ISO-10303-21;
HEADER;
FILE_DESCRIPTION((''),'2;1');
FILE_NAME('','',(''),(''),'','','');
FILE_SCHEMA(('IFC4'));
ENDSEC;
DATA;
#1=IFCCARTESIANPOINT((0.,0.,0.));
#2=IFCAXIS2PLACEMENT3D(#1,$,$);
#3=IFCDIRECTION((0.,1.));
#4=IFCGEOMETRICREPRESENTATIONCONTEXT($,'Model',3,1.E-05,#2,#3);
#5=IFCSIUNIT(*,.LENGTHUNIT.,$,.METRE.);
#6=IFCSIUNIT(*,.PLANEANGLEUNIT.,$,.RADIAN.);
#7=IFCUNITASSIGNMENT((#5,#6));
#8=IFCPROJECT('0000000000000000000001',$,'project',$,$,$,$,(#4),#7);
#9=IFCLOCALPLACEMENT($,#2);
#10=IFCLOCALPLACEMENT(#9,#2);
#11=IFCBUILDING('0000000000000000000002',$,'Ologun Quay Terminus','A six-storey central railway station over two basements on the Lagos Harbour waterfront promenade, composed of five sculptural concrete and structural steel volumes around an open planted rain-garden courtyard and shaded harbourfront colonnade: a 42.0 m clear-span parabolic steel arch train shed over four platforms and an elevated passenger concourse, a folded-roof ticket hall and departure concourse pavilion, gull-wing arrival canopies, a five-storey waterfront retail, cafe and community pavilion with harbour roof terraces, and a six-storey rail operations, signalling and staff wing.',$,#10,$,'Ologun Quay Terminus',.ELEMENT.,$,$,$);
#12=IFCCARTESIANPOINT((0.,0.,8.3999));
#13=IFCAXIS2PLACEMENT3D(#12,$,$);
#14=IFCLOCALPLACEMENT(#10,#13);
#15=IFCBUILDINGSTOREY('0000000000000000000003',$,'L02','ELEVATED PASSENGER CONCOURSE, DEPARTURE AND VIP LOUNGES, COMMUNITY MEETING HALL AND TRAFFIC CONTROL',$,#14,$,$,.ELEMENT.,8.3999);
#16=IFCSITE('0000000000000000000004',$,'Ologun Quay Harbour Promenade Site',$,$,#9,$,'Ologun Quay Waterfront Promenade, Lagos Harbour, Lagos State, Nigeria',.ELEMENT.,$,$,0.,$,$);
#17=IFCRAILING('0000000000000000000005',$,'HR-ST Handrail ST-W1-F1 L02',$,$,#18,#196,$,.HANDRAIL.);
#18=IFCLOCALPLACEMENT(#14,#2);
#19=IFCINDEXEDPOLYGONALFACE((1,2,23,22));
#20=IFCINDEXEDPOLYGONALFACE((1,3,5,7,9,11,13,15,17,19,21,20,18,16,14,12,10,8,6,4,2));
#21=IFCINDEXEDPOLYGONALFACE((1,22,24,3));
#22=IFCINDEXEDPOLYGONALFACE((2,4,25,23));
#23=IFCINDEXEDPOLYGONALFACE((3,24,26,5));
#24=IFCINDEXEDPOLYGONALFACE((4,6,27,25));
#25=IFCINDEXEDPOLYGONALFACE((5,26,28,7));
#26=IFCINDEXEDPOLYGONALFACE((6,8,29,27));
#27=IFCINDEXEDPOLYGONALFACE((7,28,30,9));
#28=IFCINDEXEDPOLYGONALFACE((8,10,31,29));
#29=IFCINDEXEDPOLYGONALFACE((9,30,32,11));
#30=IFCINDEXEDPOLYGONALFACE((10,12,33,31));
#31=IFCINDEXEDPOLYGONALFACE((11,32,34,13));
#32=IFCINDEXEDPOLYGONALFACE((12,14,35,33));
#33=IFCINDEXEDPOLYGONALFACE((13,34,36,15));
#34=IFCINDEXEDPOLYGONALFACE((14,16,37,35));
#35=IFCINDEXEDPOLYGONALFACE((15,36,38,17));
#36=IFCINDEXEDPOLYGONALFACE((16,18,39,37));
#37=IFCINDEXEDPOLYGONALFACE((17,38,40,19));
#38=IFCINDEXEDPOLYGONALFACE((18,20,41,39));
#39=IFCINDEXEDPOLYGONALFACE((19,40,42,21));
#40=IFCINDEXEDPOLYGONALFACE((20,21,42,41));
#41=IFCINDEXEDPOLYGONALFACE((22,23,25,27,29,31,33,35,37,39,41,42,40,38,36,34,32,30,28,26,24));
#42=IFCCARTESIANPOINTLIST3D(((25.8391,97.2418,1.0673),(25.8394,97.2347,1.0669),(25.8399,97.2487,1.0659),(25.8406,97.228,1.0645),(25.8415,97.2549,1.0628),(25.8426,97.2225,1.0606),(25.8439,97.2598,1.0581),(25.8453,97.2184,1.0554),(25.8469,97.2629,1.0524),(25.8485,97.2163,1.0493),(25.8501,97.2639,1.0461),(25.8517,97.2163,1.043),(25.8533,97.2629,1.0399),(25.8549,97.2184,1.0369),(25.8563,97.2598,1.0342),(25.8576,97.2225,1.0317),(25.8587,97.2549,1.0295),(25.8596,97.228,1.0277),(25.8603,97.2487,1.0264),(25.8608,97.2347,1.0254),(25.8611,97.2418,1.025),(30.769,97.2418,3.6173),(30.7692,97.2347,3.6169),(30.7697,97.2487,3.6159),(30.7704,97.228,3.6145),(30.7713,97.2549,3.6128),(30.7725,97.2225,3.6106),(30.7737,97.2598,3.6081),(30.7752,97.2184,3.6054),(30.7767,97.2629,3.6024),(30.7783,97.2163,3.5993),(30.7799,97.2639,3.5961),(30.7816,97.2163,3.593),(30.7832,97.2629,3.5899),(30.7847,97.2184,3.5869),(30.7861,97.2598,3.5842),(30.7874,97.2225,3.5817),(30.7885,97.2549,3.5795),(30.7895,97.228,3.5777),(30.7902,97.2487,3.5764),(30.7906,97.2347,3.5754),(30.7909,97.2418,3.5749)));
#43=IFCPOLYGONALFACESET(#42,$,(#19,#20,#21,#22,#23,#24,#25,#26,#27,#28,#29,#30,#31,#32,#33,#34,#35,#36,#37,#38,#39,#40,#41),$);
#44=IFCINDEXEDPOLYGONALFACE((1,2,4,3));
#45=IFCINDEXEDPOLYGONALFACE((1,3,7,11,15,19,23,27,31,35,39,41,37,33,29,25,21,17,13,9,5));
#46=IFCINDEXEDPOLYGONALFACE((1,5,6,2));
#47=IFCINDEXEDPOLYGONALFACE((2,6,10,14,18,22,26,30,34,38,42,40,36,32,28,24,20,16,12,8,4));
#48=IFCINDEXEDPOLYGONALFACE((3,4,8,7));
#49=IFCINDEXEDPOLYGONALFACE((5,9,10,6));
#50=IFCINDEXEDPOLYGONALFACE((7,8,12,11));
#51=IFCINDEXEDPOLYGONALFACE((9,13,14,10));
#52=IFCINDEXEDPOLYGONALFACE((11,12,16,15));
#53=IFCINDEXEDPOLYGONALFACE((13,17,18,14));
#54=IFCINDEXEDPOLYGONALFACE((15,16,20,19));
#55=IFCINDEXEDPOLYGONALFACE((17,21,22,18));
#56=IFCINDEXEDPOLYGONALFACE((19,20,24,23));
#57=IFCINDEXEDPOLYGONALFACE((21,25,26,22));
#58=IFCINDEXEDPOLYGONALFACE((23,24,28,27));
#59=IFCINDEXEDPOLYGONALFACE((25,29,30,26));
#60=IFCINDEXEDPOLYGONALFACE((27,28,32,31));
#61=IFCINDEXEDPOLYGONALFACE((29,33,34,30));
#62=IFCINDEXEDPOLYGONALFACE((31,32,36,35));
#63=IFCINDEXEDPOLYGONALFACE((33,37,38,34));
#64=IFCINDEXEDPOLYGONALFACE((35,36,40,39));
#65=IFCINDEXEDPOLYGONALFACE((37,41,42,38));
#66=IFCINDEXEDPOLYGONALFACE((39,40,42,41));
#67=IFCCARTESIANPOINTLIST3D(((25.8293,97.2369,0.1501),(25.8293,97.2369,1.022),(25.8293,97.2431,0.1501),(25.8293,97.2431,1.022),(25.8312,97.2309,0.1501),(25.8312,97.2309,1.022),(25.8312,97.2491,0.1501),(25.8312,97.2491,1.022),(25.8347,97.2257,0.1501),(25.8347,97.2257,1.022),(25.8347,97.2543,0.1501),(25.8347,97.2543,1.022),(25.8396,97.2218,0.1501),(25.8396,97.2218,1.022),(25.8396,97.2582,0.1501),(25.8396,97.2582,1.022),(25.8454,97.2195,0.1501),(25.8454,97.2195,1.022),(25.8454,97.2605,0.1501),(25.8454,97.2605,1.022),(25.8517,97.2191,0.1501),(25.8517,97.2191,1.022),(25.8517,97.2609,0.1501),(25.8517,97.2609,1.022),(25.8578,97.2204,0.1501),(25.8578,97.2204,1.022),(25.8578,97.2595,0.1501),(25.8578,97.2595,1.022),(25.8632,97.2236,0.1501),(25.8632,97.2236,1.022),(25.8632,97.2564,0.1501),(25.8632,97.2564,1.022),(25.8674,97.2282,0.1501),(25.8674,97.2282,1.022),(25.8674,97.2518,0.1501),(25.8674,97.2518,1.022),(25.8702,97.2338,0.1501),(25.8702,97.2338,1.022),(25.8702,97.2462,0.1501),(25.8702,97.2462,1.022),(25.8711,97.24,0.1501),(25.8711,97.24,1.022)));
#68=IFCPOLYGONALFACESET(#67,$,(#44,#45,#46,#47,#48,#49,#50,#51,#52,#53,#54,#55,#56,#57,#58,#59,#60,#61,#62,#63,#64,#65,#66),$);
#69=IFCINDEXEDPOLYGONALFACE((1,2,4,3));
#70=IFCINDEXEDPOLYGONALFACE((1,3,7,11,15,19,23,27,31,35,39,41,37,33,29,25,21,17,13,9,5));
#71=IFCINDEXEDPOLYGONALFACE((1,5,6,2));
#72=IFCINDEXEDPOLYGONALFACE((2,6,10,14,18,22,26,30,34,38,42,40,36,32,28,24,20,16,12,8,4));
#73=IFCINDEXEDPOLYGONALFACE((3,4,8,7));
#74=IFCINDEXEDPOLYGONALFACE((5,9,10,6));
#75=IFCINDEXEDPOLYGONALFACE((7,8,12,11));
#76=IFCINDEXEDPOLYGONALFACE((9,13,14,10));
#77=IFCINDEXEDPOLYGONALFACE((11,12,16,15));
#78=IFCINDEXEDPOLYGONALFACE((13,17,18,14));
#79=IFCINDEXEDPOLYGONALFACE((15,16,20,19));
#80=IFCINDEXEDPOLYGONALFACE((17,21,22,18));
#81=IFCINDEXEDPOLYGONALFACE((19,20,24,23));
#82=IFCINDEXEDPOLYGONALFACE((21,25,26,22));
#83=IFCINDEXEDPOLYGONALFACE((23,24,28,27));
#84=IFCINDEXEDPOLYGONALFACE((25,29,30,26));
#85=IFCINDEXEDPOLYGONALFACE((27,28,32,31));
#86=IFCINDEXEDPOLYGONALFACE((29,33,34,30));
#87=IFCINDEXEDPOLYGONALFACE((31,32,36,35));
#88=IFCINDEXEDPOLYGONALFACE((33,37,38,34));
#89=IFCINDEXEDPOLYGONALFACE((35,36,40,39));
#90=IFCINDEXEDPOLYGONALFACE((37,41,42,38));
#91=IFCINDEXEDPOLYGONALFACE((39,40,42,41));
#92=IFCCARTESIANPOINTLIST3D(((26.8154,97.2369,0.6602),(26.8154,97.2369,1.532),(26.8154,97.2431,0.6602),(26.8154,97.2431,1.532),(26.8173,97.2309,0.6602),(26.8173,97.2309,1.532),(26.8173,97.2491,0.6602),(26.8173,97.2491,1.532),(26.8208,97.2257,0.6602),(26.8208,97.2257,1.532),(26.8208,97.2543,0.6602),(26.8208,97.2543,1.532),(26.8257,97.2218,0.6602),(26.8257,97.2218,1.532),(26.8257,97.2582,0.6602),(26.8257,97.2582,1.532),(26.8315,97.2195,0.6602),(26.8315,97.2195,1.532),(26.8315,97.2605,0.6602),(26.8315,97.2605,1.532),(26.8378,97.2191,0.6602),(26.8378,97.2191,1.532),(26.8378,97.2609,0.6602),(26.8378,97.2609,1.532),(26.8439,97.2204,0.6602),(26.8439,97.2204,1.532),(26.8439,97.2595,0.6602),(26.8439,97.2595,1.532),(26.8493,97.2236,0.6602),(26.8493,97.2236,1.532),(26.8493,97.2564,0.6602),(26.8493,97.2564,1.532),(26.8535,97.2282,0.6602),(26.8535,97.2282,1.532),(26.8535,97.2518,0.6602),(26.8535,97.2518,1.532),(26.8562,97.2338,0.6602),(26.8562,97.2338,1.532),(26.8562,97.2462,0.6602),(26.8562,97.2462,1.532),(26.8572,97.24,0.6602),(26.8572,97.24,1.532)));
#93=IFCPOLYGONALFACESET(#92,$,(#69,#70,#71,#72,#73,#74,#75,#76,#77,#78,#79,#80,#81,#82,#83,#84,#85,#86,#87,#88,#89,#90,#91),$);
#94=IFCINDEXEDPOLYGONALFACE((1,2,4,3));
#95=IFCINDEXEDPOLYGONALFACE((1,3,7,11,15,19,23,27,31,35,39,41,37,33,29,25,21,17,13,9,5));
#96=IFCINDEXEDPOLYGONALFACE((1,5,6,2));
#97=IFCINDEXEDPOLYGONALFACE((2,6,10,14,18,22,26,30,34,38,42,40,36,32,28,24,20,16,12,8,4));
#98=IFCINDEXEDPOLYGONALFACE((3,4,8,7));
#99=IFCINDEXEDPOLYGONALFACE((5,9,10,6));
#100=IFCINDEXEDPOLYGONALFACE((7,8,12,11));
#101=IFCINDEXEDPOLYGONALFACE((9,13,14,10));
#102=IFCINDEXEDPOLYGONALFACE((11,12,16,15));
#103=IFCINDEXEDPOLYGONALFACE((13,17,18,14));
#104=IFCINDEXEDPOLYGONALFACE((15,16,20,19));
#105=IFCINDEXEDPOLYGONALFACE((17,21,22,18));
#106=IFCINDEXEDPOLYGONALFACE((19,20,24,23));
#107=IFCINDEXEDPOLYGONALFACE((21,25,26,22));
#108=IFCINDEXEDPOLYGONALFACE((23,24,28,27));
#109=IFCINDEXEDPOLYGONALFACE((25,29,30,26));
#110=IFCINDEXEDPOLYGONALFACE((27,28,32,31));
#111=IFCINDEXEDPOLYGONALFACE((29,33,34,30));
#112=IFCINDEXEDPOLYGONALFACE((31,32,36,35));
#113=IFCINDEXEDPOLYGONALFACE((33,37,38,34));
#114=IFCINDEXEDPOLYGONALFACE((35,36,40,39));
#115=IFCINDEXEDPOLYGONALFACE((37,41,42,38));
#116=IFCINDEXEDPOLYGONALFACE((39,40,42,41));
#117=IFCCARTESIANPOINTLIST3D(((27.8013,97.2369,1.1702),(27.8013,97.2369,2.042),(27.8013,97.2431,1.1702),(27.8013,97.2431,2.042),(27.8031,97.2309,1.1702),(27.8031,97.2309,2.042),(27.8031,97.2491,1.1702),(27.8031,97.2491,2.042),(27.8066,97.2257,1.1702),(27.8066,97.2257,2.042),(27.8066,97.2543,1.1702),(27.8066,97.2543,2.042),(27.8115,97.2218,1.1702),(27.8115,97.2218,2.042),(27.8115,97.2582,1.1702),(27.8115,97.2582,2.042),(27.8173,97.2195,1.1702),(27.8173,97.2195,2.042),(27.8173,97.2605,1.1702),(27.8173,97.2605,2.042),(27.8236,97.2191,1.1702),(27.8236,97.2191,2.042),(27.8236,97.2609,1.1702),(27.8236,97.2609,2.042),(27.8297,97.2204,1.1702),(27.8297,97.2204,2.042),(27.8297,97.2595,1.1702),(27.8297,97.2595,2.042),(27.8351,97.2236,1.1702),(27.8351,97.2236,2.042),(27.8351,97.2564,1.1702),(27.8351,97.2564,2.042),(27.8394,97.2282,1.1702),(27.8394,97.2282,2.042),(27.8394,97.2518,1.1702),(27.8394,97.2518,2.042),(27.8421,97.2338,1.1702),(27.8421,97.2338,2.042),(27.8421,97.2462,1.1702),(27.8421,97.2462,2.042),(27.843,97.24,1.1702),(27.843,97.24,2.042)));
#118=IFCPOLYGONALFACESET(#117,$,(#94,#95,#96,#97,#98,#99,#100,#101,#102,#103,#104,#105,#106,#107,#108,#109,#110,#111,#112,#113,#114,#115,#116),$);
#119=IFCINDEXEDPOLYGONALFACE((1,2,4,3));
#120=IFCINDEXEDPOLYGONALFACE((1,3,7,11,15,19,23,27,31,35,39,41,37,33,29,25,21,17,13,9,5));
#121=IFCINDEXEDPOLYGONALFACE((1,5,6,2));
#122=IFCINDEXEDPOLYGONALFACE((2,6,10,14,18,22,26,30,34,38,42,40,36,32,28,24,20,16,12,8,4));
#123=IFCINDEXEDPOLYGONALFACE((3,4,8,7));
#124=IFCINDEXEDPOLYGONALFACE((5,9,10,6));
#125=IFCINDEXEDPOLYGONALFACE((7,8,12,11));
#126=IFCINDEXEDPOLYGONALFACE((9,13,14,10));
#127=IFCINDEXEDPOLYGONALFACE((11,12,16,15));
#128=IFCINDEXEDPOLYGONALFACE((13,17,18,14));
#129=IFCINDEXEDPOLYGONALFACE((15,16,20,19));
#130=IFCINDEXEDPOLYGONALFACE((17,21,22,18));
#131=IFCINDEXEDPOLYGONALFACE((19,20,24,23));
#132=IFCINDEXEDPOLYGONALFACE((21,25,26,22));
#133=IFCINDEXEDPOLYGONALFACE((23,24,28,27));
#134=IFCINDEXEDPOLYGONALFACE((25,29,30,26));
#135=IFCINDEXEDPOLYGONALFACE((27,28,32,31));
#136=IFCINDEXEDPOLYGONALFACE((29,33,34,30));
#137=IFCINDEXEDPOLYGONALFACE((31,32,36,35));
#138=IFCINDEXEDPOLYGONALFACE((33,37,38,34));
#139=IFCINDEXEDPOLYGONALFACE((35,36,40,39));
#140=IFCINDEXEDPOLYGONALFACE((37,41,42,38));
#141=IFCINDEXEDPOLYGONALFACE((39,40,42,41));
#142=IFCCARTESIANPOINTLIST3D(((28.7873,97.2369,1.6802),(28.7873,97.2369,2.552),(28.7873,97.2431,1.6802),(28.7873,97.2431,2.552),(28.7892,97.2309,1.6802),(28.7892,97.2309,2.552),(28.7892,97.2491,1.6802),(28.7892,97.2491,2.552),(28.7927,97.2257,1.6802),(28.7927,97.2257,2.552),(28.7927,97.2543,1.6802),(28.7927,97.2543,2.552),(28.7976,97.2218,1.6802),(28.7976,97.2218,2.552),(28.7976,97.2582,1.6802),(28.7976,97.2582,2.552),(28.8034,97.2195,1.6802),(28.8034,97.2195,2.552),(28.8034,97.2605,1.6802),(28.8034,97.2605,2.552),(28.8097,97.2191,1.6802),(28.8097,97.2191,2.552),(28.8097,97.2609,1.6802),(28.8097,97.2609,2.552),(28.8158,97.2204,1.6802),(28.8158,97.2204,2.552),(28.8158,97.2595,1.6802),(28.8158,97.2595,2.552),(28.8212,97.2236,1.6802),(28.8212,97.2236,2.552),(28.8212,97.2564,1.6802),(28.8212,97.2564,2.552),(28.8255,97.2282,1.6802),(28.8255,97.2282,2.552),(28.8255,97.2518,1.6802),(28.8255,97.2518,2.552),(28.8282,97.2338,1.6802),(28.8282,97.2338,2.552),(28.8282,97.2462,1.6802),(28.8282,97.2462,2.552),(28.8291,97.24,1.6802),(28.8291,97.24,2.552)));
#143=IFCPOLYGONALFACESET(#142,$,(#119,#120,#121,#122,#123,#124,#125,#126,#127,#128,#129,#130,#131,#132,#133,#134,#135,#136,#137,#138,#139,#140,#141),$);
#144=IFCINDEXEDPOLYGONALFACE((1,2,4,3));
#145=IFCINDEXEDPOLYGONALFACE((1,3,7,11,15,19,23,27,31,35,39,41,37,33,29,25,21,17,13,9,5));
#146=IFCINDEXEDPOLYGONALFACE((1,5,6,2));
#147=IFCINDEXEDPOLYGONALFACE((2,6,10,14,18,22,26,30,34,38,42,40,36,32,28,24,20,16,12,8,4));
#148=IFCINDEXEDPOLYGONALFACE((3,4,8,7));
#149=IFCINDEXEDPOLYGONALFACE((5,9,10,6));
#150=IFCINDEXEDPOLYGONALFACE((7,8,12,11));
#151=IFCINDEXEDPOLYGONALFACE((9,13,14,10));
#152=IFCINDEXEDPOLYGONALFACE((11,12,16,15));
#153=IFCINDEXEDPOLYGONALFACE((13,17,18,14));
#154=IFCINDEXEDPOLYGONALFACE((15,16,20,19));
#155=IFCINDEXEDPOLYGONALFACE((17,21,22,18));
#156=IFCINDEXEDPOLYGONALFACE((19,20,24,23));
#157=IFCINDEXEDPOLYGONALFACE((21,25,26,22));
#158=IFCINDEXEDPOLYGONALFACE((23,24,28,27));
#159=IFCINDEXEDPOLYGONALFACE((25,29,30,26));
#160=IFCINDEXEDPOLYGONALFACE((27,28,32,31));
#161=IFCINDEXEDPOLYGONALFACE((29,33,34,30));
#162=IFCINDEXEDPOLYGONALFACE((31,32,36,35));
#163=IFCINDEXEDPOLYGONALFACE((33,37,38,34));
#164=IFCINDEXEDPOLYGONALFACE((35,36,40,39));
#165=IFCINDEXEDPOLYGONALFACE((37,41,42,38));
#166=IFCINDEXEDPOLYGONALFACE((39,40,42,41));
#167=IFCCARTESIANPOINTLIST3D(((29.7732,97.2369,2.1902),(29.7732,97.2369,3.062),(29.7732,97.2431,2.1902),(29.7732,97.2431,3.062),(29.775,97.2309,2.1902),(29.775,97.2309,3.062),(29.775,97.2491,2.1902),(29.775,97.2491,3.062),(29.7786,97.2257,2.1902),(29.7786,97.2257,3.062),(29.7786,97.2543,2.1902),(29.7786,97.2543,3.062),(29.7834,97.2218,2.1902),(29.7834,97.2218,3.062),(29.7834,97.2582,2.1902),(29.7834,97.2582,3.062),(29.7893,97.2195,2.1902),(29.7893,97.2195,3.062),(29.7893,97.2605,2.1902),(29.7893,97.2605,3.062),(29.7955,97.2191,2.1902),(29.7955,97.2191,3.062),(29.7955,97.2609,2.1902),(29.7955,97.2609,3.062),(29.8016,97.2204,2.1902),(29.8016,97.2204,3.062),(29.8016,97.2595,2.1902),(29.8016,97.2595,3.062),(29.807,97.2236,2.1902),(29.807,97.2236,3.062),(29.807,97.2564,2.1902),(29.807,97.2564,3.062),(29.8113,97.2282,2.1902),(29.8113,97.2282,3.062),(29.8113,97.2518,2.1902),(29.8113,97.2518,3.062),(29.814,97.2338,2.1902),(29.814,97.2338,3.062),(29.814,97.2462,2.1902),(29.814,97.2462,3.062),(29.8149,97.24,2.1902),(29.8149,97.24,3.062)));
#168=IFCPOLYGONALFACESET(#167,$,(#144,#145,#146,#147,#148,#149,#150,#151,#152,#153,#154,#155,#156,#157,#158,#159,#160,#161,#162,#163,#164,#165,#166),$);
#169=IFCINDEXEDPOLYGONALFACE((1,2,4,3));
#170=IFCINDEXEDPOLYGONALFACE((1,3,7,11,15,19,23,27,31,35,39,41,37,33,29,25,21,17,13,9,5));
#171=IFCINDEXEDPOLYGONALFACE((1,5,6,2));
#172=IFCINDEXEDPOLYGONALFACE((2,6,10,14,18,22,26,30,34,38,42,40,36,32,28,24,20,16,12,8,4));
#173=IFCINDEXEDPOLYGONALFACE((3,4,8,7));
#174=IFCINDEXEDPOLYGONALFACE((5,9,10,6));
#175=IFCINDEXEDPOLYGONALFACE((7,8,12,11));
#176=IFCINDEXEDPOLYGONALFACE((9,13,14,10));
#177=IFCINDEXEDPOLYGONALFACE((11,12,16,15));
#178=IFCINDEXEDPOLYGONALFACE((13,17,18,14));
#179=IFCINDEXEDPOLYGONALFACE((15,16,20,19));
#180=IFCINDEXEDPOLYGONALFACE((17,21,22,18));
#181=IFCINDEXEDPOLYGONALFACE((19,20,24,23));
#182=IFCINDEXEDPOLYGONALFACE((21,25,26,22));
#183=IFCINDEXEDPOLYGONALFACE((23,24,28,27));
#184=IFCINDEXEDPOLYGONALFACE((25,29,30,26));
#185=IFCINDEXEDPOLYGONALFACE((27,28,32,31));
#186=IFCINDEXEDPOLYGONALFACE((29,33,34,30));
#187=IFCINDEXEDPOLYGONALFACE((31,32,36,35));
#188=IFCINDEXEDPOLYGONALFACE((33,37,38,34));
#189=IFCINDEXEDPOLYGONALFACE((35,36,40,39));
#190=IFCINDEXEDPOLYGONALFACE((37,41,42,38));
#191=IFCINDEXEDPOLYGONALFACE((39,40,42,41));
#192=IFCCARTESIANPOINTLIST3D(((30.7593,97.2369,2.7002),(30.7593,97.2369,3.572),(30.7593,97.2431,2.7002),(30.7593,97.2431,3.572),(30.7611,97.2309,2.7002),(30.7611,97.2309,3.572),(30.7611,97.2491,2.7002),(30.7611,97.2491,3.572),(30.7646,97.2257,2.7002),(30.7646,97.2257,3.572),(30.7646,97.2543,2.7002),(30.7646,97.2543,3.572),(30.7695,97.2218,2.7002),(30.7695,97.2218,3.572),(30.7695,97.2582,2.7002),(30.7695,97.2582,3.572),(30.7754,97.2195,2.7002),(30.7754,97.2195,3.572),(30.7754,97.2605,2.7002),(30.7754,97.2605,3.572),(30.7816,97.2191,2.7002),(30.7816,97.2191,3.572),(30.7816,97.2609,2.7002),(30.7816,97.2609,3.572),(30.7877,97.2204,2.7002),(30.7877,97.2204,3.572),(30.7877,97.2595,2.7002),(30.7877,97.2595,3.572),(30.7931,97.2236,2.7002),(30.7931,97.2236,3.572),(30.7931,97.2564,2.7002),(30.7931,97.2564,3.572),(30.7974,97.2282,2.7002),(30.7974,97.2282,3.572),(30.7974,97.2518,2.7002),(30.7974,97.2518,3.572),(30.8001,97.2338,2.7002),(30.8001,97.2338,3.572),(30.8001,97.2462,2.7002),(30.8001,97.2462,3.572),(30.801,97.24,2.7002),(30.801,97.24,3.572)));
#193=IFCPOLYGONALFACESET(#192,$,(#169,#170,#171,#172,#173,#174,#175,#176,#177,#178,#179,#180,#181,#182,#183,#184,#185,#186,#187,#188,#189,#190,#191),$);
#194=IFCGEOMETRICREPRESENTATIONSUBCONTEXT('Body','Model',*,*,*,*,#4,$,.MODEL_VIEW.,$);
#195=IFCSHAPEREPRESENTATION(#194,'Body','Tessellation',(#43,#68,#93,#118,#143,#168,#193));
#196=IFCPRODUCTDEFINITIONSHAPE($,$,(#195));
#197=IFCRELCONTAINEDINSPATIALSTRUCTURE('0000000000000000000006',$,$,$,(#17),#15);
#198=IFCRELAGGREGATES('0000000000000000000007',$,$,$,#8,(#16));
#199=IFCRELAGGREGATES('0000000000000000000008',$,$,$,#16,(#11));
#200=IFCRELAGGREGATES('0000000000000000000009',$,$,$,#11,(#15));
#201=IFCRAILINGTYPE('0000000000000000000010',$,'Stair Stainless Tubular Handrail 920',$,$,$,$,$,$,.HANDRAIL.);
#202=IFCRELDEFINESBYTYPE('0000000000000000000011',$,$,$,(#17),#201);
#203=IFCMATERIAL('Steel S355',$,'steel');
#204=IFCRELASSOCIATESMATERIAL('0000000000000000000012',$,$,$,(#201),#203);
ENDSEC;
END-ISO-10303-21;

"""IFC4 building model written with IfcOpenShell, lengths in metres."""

from ifc_helpers import new_model, si_unit, direction, frame, origin, origin_2d, place, context, subcontext, project, spatial, circle, extrude, material, type_object, element, save


model = new_model("IFC4")

# Units and contexts
model_context = context("Model", 3, precision=1e-05, world=origin(), true_north=direction((0.0, 1.0)))
body_context = subcontext(model_context, "Body", "Model", "MODEL_VIEW")
ifc_project = project(units=[si_unit("LENGTHUNIT", "METRE"), si_unit("PLANEANGLEUNIT", "RADIAN")], contexts=[model_context])

# Site, building, storey
site_placement = place(None, origin())
site = spatial("IfcSite", under=ifc_project, at=site_placement, Name="Ologun Quay Harbour Promenade Site", LongName="Ologun Quay Waterfront Promenade, Lagos Harbour, Lagos State, Nigeria", CompositionType="ELEMENT", RefElevation=0.0)
building_placement = place(site_placement, origin())
building = spatial("IfcBuilding", under=site, at=building_placement, Name="Ologun Quay Terminus", Description="A six-storey central railway station over two basements on the Lagos Harbour waterfront promenade, composed of five sculptural concrete and structural steel volumes around an open planted rain-garden courtyard and shaded harbourfront colonnade: a 42.0 m clear-span parabolic steel arch train shed over four platforms and an elevated passenger concourse, a folded-roof ticket hall and departure concourse pavilion, gull-wing arrival canopies, a five-storey waterfront retail, cafe and community pavilion with harbour roof terraces, and a six-storey rail operations, signalling and staff wing.", LongName="Ologun Quay Terminus", CompositionType="ELEMENT")
storey_placement = place(building_placement, frame((0.0, 0.0, 8.3999)))
storey = spatial("IfcBuildingStorey", under=building, at=storey_placement, Name="L02", Description="ELEVATED PASSENGER CONCOURSE, DEPARTURE AND VIP LOUNGES, COMMUNITY MEETING HALL AND TRAFFIC CONTROL", CompositionType="ELEMENT", Elevation=8.3999)

# Railing
ifc_material_1 = material(Name="Steel S355", Category="steel")
railing_type_1 = type_object("IfcRailingType", Name="Stair Stainless Tubular Handrail 920", PredefinedType="HANDRAIL", material=ifc_material_1)
railing_1_placement = place(storey_placement, frame((25.8501, 97.24, 0.1501)))
element("IfcRailing", 1, at=railing_1_placement, inside=storey, type_object=railing_type_1, Name="HR-ST Handrail ST-W1-F1 L02", PredefinedType="HANDRAIL", context=body_context, shape_type="SweptSolid", body=[
    extrude(circle(Radius=0.0239, at=origin_2d()), frame((0.0, 0.0, 0.896), z_axis=(0.888211, 0.0, 0.459435), x_axis=(0.0, 1.0, 0.0)), (0.0, 0.0, 1.0), 5.5503),
    extrude(circle(Radius=0.021, at=origin_2d()), origin(), (0.0, 0.0, 1.0), 0.8718),
    extrude(circle(Radius=0.021, at=origin_2d()), frame((0.9861, 0.0, 0.51)), (0.0, 0.0, 1.0), 0.8718),
    extrude(circle(Radius=0.021, at=origin_2d()), frame((1.9719, 0.0, 1.02)), (0.0, 0.0, 1.0), 0.8718),
    extrude(circle(Radius=0.021, at=origin_2d()), frame((2.958, 0.0, 1.53)), (0.0, 0.0, 1.0), 0.8718),
    extrude(circle(Radius=0.021, at=origin_2d()), frame((3.9438, 0.0, 2.04)), (0.0, 0.0, 1.0), 0.8718),
    extrude(circle(Radius=0.021, at=origin_2d()), frame((4.9299, 0.0, 2.55)), (0.0, 0.0, 1.0), 0.8718),
])

save(model, "model.ifc")
